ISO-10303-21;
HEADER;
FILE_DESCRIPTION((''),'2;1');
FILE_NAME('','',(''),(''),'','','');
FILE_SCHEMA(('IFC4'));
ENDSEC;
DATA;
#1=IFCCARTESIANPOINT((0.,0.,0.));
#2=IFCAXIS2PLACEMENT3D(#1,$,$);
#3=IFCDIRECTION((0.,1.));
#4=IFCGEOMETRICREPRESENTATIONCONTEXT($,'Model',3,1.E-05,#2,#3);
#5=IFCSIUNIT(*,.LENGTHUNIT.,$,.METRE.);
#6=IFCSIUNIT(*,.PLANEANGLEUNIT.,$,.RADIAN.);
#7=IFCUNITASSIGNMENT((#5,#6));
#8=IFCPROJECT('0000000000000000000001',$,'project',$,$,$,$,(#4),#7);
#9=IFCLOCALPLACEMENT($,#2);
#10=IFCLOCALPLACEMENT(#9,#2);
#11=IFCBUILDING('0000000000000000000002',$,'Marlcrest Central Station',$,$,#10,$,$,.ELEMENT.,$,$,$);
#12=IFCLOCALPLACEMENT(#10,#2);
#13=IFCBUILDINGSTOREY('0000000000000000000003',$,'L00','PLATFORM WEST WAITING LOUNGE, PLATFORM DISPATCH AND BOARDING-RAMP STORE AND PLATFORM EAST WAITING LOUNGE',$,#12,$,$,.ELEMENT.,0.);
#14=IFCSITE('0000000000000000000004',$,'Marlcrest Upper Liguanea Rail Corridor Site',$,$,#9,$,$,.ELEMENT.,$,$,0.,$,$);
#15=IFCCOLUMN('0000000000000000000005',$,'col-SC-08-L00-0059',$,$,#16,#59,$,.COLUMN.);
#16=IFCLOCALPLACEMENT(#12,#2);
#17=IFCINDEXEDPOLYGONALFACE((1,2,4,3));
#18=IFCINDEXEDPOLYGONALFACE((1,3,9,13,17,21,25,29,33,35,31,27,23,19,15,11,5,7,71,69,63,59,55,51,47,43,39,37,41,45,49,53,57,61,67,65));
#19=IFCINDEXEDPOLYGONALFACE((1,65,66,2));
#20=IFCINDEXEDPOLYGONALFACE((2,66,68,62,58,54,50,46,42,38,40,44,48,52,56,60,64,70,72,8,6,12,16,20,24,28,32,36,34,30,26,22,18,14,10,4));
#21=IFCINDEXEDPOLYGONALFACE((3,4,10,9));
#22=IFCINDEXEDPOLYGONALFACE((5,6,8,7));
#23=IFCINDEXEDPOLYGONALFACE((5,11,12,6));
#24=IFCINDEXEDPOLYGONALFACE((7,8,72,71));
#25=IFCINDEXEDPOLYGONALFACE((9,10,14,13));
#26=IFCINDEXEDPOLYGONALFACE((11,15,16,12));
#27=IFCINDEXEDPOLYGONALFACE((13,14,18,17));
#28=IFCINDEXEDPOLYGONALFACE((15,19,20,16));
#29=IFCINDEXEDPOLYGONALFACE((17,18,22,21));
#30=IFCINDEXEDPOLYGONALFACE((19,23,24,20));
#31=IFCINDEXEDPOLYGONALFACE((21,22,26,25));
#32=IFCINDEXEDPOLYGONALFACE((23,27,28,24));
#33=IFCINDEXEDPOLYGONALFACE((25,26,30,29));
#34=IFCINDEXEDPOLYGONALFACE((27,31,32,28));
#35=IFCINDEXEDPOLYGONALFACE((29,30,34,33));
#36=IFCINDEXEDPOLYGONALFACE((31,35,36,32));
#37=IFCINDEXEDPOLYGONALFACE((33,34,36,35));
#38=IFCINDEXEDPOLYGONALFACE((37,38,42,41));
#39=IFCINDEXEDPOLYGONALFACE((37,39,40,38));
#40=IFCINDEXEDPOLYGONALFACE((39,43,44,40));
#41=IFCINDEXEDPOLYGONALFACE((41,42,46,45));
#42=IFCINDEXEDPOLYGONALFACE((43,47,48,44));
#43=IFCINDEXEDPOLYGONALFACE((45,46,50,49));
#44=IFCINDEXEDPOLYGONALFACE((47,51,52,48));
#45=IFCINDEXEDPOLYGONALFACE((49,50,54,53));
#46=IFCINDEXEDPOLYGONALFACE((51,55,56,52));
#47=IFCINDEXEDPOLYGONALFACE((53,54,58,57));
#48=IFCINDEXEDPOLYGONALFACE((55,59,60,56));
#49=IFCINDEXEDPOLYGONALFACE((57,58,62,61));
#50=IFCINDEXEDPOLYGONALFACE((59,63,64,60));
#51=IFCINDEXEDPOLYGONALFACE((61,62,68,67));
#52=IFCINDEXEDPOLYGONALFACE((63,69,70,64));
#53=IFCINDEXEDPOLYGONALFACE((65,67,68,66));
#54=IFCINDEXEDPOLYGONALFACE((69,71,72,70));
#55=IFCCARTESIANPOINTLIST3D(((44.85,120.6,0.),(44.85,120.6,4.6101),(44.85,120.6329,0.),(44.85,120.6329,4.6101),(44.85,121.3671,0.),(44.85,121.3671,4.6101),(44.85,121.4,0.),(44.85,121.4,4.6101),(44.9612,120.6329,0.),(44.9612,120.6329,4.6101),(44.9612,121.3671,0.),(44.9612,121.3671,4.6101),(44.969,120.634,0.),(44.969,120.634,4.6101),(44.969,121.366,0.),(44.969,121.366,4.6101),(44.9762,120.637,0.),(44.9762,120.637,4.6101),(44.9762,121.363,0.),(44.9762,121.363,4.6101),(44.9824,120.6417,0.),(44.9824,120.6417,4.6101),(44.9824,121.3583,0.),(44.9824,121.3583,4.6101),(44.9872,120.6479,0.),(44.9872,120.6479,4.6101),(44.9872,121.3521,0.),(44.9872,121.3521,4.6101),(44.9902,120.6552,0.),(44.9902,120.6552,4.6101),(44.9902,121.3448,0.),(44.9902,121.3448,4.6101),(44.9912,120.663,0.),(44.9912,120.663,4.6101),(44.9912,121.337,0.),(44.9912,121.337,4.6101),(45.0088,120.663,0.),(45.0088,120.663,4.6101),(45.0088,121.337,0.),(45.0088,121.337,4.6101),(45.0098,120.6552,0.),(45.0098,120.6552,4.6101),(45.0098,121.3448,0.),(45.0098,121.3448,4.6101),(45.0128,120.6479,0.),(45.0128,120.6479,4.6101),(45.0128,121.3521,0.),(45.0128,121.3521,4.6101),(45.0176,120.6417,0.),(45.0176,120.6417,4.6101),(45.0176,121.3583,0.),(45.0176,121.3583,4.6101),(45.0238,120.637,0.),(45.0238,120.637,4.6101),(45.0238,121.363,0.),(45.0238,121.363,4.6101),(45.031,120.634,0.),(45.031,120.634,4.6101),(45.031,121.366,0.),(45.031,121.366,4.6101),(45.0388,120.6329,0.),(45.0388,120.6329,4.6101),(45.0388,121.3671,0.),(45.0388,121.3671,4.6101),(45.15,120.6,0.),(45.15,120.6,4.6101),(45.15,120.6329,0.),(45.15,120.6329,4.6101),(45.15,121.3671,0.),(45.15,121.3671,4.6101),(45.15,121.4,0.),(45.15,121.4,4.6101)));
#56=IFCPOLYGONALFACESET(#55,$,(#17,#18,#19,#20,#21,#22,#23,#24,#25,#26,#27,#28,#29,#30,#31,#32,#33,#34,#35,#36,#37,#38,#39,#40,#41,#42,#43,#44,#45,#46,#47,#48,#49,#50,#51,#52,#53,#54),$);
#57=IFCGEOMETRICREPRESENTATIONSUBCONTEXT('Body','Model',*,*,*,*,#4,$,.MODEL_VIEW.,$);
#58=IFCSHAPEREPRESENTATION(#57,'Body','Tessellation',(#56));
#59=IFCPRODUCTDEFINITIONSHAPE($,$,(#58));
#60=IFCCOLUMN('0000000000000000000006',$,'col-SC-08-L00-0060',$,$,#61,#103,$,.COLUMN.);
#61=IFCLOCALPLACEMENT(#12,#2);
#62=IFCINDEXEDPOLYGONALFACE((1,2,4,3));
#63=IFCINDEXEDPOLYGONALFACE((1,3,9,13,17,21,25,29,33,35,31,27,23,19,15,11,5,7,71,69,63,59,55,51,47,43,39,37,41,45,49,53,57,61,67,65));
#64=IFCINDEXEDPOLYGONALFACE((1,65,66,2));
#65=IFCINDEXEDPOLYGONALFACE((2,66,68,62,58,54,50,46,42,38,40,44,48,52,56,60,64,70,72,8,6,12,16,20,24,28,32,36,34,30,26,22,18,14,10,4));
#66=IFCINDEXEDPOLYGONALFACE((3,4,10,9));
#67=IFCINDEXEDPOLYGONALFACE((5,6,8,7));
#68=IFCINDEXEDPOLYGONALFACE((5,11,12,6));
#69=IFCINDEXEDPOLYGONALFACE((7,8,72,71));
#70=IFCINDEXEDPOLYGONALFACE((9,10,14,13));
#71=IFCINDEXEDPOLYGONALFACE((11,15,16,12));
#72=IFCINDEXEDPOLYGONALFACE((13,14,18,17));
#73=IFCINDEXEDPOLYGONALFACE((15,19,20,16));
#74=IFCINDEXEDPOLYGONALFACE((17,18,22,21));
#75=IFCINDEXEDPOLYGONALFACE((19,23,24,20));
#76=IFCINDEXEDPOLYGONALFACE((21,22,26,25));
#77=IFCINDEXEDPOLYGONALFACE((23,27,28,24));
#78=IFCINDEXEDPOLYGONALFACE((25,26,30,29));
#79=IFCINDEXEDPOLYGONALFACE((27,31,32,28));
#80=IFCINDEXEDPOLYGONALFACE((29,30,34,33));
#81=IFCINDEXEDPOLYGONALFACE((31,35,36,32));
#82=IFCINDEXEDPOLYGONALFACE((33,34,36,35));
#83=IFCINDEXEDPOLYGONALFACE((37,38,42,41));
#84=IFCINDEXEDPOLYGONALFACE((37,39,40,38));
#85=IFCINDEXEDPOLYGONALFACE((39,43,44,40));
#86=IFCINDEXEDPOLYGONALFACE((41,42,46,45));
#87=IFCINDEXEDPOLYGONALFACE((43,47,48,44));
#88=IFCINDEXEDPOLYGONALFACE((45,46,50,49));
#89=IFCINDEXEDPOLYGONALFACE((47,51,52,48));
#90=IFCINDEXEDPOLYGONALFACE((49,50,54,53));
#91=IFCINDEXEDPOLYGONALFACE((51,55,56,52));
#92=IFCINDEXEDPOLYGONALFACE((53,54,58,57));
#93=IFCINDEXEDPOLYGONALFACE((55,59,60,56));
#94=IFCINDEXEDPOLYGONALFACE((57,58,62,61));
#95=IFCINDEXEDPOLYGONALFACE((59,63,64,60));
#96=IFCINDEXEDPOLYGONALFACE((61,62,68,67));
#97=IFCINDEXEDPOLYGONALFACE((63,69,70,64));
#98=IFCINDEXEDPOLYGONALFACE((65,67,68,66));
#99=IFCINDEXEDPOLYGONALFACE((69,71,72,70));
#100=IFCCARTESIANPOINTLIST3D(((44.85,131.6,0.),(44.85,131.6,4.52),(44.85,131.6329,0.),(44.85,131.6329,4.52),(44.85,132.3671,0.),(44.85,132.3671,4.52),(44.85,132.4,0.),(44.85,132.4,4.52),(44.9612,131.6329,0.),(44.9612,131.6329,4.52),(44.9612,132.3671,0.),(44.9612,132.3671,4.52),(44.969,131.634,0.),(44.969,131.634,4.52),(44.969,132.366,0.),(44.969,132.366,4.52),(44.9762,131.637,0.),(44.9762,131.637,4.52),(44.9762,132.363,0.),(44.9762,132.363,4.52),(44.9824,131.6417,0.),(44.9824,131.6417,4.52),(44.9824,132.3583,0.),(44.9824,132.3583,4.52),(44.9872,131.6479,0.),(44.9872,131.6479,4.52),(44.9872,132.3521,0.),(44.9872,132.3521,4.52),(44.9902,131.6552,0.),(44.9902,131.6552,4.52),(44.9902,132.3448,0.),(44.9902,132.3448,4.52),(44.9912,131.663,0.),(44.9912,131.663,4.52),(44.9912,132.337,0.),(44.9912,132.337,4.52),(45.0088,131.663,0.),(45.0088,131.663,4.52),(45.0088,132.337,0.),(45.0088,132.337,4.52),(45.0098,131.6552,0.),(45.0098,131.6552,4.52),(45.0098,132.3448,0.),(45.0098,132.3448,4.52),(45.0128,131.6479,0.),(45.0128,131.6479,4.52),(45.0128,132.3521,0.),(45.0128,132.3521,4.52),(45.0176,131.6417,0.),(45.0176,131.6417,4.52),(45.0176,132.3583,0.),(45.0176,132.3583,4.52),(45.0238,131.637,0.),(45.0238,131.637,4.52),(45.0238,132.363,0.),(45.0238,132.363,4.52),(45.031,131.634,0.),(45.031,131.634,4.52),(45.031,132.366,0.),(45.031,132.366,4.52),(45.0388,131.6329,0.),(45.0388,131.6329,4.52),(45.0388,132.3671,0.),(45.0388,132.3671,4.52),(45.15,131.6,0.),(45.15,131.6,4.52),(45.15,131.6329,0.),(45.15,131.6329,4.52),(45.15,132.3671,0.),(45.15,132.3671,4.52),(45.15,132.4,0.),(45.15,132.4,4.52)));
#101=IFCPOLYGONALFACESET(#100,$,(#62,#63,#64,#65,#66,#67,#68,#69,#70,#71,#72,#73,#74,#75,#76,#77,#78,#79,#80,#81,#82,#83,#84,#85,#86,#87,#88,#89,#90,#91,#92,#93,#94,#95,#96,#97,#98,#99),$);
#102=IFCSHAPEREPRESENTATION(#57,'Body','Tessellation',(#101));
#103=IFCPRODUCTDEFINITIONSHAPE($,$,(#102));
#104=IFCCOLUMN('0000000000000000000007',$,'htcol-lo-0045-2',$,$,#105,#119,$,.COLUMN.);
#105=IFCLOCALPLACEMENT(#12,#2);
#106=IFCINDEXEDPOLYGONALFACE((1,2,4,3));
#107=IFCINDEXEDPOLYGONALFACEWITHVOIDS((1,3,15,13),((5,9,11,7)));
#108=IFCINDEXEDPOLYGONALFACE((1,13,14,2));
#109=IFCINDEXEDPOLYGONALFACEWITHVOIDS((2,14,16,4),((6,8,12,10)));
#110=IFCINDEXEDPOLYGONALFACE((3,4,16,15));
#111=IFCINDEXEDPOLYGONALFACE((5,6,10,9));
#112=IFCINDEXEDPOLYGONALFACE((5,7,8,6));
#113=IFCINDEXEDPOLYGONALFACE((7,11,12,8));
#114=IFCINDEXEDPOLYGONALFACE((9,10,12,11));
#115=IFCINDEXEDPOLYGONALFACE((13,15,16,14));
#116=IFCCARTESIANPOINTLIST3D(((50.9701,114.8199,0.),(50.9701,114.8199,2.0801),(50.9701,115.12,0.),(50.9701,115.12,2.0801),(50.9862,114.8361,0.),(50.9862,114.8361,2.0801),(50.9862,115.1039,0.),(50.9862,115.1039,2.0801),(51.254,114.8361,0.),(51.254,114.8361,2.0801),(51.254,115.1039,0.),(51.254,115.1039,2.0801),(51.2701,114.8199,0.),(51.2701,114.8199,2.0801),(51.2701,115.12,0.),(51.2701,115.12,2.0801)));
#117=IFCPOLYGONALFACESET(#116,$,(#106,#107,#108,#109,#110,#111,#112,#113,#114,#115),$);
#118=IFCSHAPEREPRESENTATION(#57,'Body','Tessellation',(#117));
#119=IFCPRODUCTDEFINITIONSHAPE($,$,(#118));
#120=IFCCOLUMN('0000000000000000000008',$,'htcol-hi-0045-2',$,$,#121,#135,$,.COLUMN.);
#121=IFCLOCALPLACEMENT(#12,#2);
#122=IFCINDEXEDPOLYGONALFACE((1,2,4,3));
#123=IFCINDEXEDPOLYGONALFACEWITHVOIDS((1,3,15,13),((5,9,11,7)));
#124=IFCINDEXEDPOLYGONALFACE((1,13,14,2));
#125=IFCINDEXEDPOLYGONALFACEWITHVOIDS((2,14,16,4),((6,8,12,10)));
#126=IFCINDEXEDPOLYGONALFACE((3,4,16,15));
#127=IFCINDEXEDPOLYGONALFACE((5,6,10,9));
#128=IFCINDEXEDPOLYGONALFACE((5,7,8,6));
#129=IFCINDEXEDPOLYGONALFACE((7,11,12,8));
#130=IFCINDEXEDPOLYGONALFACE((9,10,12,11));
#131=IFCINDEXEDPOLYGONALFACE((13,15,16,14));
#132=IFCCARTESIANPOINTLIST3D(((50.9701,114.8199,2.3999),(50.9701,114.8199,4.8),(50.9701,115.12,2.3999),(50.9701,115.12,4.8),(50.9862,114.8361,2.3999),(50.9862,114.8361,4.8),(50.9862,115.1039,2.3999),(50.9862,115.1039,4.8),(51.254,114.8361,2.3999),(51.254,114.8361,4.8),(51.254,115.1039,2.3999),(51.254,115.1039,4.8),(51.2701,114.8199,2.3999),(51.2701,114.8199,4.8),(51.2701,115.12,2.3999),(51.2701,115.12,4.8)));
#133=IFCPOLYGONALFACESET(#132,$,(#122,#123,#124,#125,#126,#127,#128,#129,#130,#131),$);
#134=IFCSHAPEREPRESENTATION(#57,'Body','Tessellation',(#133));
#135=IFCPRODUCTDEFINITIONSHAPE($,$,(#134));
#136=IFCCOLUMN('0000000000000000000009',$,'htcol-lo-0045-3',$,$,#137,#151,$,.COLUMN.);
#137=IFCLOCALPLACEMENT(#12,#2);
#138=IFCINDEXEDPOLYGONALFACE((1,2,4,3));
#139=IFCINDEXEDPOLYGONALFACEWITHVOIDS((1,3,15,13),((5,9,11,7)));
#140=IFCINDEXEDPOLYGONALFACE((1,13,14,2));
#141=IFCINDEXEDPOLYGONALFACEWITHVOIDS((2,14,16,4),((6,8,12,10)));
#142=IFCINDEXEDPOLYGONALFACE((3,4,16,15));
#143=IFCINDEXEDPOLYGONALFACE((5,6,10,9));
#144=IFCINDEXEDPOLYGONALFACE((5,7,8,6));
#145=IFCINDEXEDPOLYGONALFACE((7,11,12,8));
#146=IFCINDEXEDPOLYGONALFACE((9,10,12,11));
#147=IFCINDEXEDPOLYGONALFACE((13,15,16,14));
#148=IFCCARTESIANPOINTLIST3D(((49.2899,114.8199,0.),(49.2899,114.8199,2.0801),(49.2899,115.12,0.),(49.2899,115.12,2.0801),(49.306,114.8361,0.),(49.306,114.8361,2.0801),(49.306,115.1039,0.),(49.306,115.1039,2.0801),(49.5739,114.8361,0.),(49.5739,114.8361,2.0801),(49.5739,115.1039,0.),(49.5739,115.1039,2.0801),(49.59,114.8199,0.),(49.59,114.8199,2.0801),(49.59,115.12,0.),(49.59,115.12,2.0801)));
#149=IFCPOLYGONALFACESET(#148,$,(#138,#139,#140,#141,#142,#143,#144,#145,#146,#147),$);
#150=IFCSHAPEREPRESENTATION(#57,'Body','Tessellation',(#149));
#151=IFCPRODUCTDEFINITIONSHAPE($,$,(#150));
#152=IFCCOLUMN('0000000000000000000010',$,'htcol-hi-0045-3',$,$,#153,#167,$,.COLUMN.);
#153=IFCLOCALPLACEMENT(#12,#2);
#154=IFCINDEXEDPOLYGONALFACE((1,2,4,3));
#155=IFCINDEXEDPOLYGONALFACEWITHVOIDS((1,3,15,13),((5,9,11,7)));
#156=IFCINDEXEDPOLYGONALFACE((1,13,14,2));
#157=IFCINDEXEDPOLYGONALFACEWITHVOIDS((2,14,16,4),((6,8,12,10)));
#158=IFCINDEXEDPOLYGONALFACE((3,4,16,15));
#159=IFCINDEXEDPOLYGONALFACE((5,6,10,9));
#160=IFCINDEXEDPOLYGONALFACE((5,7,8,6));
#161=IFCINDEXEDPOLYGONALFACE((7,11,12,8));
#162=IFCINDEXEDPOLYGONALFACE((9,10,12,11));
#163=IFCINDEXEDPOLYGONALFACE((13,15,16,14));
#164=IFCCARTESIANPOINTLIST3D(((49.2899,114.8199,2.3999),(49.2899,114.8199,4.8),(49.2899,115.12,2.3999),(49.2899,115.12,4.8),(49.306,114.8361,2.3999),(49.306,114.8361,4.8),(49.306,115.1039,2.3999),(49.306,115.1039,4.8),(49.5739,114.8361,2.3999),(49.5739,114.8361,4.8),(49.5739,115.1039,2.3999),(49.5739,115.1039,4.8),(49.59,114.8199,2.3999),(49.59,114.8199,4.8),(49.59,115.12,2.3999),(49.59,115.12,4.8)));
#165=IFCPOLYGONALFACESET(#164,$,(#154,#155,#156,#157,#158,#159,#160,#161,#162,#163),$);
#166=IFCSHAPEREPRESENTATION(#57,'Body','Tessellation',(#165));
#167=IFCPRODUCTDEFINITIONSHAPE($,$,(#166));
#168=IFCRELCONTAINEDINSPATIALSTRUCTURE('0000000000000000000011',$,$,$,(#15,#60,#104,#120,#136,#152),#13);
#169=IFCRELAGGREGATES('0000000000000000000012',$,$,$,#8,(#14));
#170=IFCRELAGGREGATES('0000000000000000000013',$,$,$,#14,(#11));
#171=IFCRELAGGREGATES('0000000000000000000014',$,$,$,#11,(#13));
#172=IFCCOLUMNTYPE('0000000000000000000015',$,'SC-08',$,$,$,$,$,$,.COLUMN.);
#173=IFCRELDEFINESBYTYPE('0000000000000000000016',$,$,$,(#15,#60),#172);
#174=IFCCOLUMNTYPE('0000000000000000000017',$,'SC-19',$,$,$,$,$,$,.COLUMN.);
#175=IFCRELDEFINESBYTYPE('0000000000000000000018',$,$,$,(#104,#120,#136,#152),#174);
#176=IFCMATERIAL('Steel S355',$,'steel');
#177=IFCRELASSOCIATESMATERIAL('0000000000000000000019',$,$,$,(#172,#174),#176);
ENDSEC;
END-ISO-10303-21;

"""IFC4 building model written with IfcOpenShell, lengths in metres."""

from ifc_helpers import new_model, si_unit, direction, frame, origin, origin_2d, place, context, subcontext, project, spatial, hollow_rectangle, i_section, extrude, material, material_profile, profile_set, type_object, element, save


model = new_model("IFC4")

# Units and contexts
model_context = context("Model", 3, precision=1e-05, world=origin(), true_north=direction((0.0, 1.0)))
body_context = subcontext(model_context, "Body", "Model", "MODEL_VIEW")
ifc_project = project(units=[si_unit("LENGTHUNIT", "METRE"), si_unit("PLANEANGLEUNIT", "RADIAN")], contexts=[model_context])

# Site, building, storey
site_placement = place(None, origin())
site = spatial("IfcSite", under=ifc_project, at=site_placement, Name="Marlcrest Upper Liguanea Rail Corridor Site", CompositionType="ELEMENT", RefElevation=0.0)
building_placement = place(site_placement, origin())
building = spatial("IfcBuilding", under=site, at=building_placement, Name="Marlcrest Central Station", CompositionType="ELEMENT")
storey_placement = place(building_placement, origin())
storey = spatial("IfcBuildingStorey", under=building, at=storey_placement, Name="L00", Description="PLATFORM WEST WAITING LOUNGE, PLATFORM DISPATCH AND BOARDING-RAMP STORE AND PLATFORM EAST WAITING LOUNGE", CompositionType="ELEMENT", Elevation=0.0)

# Columns
ifc_material_1 = material(Name="Steel S355", Category="steel")
ifc_material_profile_1 = material_profile(ifc_material_1, i_section(OverallWidth=0.3, OverallDepth=0.8, WebThickness=0.0176, FlangeThickness=0.033, FilletRadius=0.03, at=origin_2d()), Name="HEB 800")
ifc_profile_set_1 = profile_set([ifc_material_profile_1], Name="Steel S355")
column_type_1 = type_object("IfcColumnType", Name="SC-08", PredefinedType="COLUMN", material=ifc_profile_set_1)
column_1_placement = place(storey_placement, frame((45.0, 121.0, 0.0), z_axis=(0.0, 0.0, 1.0), x_axis=(1.0, 0.0, 0.0)))
element("IfcColumn", 1, at=column_1_placement, inside=storey, type_object=column_type_1, Name="col-SC-08-L00-0059", PredefinedType="COLUMN", context=body_context, shape_type="SweptSolid", body=[
    extrude(i_section(OverallWidth=0.3, OverallDepth=0.8, WebThickness=0.0176, FlangeThickness=0.033, FilletRadius=0.03, at=origin_2d()), origin(), (0.0, 0.0, 1.0), 4.6101),
])
column_2_placement = place(storey_placement, frame((45.0, 132.0, 0.0), z_axis=(0.0, 0.0, 1.0), x_axis=(1.0, 0.0, 0.0)))
element("IfcColumn", 2, at=column_2_placement, inside=storey, type_object=column_type_1, Name="col-SC-08-L00-0060", PredefinedType="COLUMN", context=body_context, shape_type="SweptSolid", body=[
    extrude(i_section(OverallWidth=0.3, OverallDepth=0.8, WebThickness=0.0176, FlangeThickness=0.033, FilletRadius=0.03, at=origin_2d()), origin(), (0.0, 0.0, 1.0), 4.52),
])
ifc_material_profile_2 = material_profile(ifc_material_1, hollow_rectangle(XDim=0.3, YDim=0.3, WallThickness=0.0161, at=origin_2d()), Name="SHS 300x300x16")
ifc_profile_set_2 = profile_set([ifc_material_profile_2], Name="Steel S355")
column_type_2 = type_object("IfcColumnType", Name="SC-19", PredefinedType="COLUMN", material=ifc_profile_set_2)
column_3_placement = place(storey_placement, frame((51.1201, 114.97, 0.0), z_axis=(0.0, 0.0, 1.0), x_axis=(1.0, 0.0, 0.0)))
element("IfcColumn", 3, at=column_3_placement, inside=storey, type_object=column_type_2, Name="htcol-lo-0045-2", PredefinedType="COLUMN", context=body_context, shape_type="SweptSolid", body=[
    extrude(hollow_rectangle(XDim=0.3, YDim=0.3, WallThickness=0.0161, at=origin_2d()), origin(), (0.0, 0.0, 1.0), 2.0801),
])
column_4_placement = place(storey_placement, frame((51.1201, 114.97, 2.3999), z_axis=(0.0, 0.0, 1.0), x_axis=(1.0, 0.0, 0.0)))
element("IfcColumn", 4, at=column_4_placement, inside=storey, type_object=column_type_2, Name="htcol-hi-0045-2", PredefinedType="COLUMN", context=body_context, shape_type="SweptSolid", body=[
    extrude(hollow_rectangle(XDim=0.3, YDim=0.3, WallThickness=0.0161, at=origin_2d()), origin(), (0.0, 0.0, 1.0), 2.4001),
])
column_5_placement = place(storey_placement, frame((49.4399, 114.97, 0.0), z_axis=(0.0, 0.0, 1.0), x_axis=(1.0, 0.0, 0.0)))
element("IfcColumn", 5, at=column_5_placement, inside=storey, type_object=column_type_2, Name="htcol-lo-0045-3", PredefinedType="COLUMN", context=body_context, shape_type="SweptSolid", body=[
    extrude(hollow_rectangle(XDim=0.3, YDim=0.3, WallThickness=0.0161, at=origin_2d()), origin(), (0.0, 0.0, 1.0), 2.0801),
])
column_6_placement = place(storey_placement, frame((49.4399, 114.97, 2.3999), z_axis=(0.0, 0.0, 1.0), x_axis=(1.0, 0.0, 0.0)))
element("IfcColumn", 6, at=column_6_placement, inside=storey, type_object=column_type_2, Name="htcol-hi-0045-3", PredefinedType="COLUMN", context=body_context, shape_type="SweptSolid", body=[
    extrude(hollow_rectangle(XDim=0.3, YDim=0.3, WallThickness=0.0161, at=origin_2d()), origin(), (0.0, 0.0, 1.0), 2.4001),
])

save(model, "model.ifc")
